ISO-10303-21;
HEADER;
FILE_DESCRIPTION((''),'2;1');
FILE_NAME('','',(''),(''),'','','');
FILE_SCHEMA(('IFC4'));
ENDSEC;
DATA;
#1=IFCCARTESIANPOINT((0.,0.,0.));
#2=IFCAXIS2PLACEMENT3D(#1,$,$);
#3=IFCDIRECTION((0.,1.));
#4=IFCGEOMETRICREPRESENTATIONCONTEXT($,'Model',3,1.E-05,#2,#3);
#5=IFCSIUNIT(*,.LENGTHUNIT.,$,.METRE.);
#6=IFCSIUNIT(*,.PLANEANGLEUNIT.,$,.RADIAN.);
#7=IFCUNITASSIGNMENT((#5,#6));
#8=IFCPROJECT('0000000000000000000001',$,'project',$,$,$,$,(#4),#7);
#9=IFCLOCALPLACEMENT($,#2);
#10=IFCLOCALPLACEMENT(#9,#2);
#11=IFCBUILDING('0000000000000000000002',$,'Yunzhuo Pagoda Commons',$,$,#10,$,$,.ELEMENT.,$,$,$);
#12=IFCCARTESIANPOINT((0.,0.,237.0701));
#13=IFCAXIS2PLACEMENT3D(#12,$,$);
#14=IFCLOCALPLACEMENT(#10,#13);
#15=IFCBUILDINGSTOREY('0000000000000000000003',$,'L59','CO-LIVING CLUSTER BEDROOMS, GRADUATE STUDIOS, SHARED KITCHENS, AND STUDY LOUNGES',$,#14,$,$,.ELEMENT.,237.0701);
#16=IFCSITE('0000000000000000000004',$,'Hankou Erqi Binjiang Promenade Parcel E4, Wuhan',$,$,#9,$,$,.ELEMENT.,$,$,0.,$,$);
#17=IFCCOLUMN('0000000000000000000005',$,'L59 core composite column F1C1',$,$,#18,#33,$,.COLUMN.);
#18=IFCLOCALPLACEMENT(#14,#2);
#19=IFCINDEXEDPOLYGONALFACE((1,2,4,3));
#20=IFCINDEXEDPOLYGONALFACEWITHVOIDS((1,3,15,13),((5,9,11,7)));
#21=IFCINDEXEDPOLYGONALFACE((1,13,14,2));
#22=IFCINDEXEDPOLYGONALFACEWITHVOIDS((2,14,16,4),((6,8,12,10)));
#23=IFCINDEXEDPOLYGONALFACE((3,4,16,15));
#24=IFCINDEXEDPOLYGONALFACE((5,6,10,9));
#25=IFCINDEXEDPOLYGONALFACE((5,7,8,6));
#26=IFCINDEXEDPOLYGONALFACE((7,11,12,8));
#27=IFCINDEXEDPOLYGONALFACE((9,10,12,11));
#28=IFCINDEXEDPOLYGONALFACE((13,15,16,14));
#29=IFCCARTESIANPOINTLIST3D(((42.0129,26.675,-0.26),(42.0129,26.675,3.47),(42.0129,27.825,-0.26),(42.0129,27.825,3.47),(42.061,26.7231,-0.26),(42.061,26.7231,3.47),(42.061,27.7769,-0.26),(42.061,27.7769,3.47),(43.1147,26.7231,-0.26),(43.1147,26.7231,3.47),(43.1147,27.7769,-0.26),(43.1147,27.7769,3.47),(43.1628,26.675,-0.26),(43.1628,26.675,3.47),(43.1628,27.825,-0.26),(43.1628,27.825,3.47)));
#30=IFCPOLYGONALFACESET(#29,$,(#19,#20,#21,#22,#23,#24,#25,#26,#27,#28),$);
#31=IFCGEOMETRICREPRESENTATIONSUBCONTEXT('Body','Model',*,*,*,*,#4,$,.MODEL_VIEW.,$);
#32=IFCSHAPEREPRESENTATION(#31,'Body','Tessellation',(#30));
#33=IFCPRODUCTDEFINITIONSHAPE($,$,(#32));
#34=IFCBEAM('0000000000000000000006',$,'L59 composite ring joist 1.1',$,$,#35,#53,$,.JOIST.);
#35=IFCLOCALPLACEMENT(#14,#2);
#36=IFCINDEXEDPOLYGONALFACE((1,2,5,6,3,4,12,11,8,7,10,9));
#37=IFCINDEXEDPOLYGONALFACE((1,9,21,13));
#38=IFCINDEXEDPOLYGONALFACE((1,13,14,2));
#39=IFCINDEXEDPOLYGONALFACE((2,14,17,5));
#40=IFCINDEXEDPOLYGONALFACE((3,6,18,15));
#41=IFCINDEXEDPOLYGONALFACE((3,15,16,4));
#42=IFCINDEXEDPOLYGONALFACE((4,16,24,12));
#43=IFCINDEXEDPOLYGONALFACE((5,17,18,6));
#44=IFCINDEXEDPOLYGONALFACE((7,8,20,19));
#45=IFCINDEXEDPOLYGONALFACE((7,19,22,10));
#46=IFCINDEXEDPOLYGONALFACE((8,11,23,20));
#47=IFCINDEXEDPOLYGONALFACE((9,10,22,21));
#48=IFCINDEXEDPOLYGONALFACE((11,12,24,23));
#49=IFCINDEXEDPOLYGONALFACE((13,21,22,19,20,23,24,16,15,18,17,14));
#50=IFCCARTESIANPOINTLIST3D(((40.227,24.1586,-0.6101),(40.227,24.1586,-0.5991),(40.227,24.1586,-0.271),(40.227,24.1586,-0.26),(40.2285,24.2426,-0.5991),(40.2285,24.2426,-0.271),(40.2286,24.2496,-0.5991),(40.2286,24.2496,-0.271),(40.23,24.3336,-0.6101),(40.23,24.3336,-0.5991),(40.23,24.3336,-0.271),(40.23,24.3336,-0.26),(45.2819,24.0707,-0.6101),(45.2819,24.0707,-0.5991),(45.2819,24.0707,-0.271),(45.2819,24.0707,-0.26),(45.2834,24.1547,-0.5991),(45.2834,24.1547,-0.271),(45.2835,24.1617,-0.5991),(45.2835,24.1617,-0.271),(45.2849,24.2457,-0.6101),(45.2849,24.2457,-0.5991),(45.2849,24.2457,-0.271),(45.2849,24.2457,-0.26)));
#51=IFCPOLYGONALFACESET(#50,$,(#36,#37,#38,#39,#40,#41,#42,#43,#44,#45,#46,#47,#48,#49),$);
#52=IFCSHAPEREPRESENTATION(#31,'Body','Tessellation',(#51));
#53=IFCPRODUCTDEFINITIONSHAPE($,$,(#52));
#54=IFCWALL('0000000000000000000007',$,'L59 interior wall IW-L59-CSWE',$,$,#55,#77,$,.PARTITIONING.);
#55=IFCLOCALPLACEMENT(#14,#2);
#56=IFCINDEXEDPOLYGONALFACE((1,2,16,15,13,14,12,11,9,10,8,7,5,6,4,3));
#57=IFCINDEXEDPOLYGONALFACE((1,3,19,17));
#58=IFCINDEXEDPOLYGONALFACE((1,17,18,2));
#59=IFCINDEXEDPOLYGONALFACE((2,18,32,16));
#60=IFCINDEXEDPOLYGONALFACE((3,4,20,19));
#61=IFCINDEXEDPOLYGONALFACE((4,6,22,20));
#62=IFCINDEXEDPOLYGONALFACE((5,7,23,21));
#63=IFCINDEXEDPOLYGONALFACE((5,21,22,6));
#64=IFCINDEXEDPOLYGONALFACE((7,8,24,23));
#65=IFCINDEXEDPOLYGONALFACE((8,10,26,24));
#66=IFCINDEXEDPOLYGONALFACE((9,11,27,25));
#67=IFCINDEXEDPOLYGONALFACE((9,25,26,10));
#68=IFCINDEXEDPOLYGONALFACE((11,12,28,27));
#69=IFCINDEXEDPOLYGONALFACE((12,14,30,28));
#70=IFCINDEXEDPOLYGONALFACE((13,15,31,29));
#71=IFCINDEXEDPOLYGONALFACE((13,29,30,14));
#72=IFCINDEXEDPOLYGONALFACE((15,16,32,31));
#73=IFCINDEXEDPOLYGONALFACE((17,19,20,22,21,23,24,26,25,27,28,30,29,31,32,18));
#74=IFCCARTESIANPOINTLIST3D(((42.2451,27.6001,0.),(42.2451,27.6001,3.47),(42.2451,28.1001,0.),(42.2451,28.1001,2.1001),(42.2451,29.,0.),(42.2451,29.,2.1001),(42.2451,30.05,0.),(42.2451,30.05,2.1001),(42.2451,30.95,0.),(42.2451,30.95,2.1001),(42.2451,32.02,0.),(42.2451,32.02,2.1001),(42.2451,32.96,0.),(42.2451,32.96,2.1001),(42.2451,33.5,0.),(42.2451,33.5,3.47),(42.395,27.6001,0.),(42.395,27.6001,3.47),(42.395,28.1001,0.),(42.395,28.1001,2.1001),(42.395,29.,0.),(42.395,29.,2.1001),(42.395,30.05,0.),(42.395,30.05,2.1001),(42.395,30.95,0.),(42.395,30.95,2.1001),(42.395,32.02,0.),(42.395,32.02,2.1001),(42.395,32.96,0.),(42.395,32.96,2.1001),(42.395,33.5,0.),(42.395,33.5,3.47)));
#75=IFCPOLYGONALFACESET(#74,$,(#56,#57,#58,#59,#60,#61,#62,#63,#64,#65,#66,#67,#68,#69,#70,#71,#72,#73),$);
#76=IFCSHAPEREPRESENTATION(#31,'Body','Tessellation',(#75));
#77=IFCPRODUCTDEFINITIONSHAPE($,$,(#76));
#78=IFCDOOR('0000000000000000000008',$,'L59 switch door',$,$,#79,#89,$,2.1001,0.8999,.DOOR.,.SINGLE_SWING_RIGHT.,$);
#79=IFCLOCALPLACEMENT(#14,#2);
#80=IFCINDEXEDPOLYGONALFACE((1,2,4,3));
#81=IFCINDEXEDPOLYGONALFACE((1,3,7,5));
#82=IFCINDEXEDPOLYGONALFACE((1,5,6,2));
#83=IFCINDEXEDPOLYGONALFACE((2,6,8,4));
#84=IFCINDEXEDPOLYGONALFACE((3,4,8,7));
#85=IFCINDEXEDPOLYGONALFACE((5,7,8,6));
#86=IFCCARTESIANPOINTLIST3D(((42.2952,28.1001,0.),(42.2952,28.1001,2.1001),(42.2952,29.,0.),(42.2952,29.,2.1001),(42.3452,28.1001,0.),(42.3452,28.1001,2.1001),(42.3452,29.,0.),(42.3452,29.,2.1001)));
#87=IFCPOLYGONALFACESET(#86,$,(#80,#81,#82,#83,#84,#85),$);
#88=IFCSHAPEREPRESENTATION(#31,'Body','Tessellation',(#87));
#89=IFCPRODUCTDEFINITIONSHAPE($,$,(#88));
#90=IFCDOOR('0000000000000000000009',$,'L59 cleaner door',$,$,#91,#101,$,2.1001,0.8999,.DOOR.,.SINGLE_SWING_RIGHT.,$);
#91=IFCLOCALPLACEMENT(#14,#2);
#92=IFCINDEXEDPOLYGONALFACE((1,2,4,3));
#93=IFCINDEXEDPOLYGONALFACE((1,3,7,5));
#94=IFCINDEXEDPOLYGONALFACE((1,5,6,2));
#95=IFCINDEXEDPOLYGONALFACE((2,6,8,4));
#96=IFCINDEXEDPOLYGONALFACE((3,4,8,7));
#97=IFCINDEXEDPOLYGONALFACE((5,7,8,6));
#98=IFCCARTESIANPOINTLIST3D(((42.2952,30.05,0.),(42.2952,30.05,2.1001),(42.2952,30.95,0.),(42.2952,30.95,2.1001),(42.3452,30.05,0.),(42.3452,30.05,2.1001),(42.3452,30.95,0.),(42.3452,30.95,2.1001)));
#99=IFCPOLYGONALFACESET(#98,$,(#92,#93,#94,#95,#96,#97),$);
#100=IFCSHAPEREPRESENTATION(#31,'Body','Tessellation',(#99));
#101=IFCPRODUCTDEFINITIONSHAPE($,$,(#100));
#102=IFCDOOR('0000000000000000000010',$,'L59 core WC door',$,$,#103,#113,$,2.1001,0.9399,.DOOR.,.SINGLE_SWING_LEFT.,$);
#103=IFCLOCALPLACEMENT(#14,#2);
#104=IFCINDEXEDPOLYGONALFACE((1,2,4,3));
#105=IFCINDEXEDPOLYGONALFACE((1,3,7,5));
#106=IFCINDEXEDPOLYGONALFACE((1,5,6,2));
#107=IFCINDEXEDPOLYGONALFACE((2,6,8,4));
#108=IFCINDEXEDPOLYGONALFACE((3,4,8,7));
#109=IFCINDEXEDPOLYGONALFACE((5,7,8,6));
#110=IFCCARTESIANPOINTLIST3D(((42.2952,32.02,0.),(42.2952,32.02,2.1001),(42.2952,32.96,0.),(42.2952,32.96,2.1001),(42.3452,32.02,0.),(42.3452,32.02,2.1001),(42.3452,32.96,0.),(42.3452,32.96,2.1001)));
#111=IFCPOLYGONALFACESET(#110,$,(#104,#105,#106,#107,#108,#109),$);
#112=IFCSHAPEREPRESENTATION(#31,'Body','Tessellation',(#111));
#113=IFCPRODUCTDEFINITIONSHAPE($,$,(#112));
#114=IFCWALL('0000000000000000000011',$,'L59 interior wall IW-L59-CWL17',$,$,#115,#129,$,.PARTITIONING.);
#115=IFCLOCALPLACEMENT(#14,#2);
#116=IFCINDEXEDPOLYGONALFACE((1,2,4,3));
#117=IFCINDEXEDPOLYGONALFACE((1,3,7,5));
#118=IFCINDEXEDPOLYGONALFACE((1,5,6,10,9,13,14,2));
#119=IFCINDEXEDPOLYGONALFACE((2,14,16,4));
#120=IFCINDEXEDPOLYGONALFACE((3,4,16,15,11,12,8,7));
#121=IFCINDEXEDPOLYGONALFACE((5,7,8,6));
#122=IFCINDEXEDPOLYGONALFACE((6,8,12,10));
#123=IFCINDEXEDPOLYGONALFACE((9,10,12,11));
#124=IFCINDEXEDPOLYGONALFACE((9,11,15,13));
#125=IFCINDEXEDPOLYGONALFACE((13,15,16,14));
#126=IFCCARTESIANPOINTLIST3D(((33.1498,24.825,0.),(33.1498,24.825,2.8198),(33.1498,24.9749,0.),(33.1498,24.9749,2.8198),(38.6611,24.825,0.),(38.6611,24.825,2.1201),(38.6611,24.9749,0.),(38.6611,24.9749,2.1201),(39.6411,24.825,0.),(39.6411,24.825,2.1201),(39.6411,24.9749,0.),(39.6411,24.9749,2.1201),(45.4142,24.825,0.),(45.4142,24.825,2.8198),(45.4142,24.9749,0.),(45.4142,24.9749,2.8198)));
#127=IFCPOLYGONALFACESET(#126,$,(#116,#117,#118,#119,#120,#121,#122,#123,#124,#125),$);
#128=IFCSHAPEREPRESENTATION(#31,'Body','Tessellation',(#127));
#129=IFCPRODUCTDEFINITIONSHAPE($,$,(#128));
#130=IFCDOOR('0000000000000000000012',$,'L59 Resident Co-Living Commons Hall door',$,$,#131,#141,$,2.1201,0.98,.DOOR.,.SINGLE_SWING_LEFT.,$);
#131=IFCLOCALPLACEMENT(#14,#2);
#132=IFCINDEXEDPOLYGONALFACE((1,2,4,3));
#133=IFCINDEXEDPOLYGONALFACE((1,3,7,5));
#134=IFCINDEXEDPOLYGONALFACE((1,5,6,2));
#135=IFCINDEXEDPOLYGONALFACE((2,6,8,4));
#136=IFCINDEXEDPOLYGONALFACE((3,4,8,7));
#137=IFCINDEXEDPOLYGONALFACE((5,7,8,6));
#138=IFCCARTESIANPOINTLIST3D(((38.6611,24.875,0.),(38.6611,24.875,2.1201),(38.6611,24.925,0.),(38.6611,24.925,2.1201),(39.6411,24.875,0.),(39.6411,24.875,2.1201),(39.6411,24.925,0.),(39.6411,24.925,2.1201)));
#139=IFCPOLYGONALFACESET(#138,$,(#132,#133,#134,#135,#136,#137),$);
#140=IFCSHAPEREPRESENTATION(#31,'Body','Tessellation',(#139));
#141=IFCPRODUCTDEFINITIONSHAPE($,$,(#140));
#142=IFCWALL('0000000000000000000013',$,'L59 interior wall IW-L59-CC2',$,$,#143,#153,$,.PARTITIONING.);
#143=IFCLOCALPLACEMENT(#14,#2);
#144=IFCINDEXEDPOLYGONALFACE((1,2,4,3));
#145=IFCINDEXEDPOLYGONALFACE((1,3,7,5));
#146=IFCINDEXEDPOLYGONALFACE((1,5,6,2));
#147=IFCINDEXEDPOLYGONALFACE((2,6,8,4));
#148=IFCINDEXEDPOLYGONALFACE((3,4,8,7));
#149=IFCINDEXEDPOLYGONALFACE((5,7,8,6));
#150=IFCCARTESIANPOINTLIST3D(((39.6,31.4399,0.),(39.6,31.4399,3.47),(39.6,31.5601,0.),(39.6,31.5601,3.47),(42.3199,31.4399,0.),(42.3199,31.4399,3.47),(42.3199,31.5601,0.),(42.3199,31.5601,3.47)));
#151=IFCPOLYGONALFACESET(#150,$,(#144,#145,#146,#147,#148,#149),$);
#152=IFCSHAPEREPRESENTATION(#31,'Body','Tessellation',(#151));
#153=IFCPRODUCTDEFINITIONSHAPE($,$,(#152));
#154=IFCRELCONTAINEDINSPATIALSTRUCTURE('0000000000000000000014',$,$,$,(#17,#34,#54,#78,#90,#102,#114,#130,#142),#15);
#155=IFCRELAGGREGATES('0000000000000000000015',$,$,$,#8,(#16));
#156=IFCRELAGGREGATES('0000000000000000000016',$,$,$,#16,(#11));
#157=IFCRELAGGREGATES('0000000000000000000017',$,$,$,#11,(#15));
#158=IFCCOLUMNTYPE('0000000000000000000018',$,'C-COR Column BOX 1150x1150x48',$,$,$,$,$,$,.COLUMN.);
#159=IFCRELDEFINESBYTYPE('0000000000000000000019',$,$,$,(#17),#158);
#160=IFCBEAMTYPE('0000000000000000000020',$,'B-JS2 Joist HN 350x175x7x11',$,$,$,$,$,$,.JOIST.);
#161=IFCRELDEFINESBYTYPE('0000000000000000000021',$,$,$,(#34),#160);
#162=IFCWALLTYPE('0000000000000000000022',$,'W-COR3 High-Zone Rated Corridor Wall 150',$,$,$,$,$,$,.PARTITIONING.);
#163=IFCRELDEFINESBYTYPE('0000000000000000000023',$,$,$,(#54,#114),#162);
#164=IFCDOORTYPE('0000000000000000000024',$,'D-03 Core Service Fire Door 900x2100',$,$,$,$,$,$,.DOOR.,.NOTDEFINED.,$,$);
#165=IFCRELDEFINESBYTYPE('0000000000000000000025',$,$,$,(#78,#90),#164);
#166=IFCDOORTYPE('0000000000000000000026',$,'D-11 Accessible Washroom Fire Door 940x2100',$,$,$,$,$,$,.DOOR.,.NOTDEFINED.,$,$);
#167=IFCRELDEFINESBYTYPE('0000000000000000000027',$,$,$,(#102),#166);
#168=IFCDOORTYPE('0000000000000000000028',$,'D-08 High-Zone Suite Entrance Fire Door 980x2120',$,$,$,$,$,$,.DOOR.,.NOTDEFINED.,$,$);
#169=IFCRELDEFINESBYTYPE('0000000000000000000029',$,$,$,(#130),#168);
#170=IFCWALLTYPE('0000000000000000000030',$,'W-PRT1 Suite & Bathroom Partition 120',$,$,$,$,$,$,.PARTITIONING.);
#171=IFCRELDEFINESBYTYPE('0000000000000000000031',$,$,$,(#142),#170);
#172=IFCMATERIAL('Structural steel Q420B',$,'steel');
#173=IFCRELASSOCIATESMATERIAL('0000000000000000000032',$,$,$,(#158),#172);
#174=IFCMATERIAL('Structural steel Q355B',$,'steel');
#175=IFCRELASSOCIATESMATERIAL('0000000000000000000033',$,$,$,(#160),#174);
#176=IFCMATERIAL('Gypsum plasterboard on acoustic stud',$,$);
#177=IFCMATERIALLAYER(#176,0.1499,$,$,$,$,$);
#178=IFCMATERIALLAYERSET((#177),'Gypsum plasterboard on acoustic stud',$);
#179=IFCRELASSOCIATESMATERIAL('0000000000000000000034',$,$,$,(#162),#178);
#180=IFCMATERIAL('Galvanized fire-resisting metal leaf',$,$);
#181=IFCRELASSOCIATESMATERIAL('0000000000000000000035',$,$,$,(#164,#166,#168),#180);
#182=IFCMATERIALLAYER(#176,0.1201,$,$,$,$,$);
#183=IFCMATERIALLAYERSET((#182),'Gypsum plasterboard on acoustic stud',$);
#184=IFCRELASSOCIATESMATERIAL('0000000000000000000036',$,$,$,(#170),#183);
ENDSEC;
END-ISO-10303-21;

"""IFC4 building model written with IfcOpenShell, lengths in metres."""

from ifc_helpers import new_model, si_unit, direction, frame, frame_2d, origin, origin_with_axes, origin_2d, place, context, subcontext, project, spatial, rectangle, hollow_rectangle, i_section, extrude, source, transform, mapped, material, layer, layer_set, material_profile, profile_set, type_object, element, fill, save


model = new_model("IFC4")

# Units and contexts
model_context = context("Model", 3, precision=1e-05, world=origin(), true_north=direction((0.0, 1.0)))
body_context = subcontext(model_context, "Body", "Model", "MODEL_VIEW")
ifc_project = project(units=[si_unit("LENGTHUNIT", "METRE"), si_unit("PLANEANGLEUNIT", "RADIAN")], contexts=[model_context])

# Site, building, storey
site_placement = place(None, origin())
site = spatial("IfcSite", under=ifc_project, at=site_placement, Name="Hankou Erqi Binjiang Promenade Parcel E4, Wuhan", CompositionType="ELEMENT", RefElevation=0.0)
building_placement = place(site_placement, origin())
building = spatial("IfcBuilding", under=site, at=building_placement, Name="Yunzhuo Pagoda Commons", CompositionType="ELEMENT")
storey_placement = place(building_placement, frame((0.0, 0.0, 237.0701)))
storey = spatial("IfcBuildingStorey", under=building, at=storey_placement, Name="L59", Description="CO-LIVING CLUSTER BEDROOMS, GRADUATE STUDIOS, SHARED KITCHENS, AND STUDY LOUNGES", CompositionType="ELEMENT", Elevation=237.0701)

# Column
ifc_material_1 = material(Name="Structural steel Q420B", Category="steel")
ifc_material_profile_1 = material_profile(ifc_material_1, hollow_rectangle(XDim=1.1499, YDim=1.1499, WallThickness=0.0481, at=origin_2d()), Name="Structural steel Q420B")
ifc_profile_set_1 = profile_set([ifc_material_profile_1], Name="Structural steel Q420B")
column_type = type_object("IfcColumnType", Name="C-COR Column BOX 1150x1150x48", PredefinedType="COLUMN", material=ifc_profile_set_1)
shared_shape_1 = source(origin(), body_context, "Body", "SweptSolid", [
    extrude(hollow_rectangle(XDim=1.1499, YDim=1.1499, WallThickness=0.0481, at=origin_2d()), origin(), (0.0, 0.0, 1.0), 3.73),
])
column_placement = place(storey_placement, frame((42.5879, 27.25, -0.26), z_axis=(0.0, 0.0, 1.0), x_axis=(1.0, 0.0, 0.0)))
element("IfcColumn", 1, at=column_placement, inside=storey, type_object=column_type, Name="L59 core composite column F1C1", PredefinedType="COLUMN", context=body_context, shape_type="MappedRepresentation", body=[
    mapped(shared_shape_1, transform((0.0, 0.0, 0.0), scale=1.0)),
])

# Beam
ifc_material_2 = material(Name="Structural steel Q355B", Category="steel")
ifc_material_profile_2 = material_profile(ifc_material_2, i_section(OverallWidth=0.175, OverallDepth=0.3501, WebThickness=0.0071, FlangeThickness=0.011, at=origin_2d()), Name="Structural steel Q355B")
ifc_profile_set_2 = profile_set([ifc_material_profile_2], Name="Structural steel Q355B")
beam_type = type_object("IfcBeamType", Name="B-JS2 Joist HN 350x175x7x11", PredefinedType="JOIST", material=ifc_profile_set_2)
shared_shape_2 = source(origin(), body_context, "Body", "SweptSolid", [
    extrude(i_section(OverallWidth=0.175, OverallDepth=0.3501, WebThickness=0.0071, FlangeThickness=0.011, at=origin_2d()), origin(), (0.0, 0.0, 1.0), 5.0557),
])
beam_placement = place(storey_placement, frame((40.2285, 24.2461, -0.4351), z_axis=(0.999849, -0.017384, 0.0), x_axis=(0.017384, 0.999849, 0.0)))
element("IfcBeam", 2, at=beam_placement, inside=storey, type_object=beam_type, Name="L59 composite ring joist 1.1", PredefinedType="JOIST", context=body_context, shape_type="MappedRepresentation", body=[
    mapped(shared_shape_2, transform((0.0, 0.0, 0.0), scale=1.0)),
])

# Wall, openings, doors
ifc_material_3 = material(Name="Gypsum plasterboard on acoustic stud")
ifc_layer_1 = layer(ifc_material_3, 0.1499)
ifc_layer_set_1 = layer_set([ifc_layer_1], Name="Gypsum plasterboard on acoustic stud")
wall_type_1 = type_object("IfcWallType", Name="W-COR3 High-Zone Rated Corridor Wall 150", PredefinedType="PARTITIONING", material=ifc_layer_set_1)
wall_1_placement = place(storey_placement, frame((42.3201, 27.6001, 0.0), z_axis=(0.0, 0.0, 1.0), x_axis=(0.0, 1.0, 0.0)))
wall_1 = element("IfcWall", 3, at=wall_1_placement, inside=storey, type_object=wall_type_1, Name="L59 interior wall IW-L59-CSWE", PredefinedType="PARTITIONING", context=body_context, shape_type="SweptSolid", body=[
    extrude(rectangle(XDim=5.8999, YDim=0.1499, at=frame_2d((2.95, 0.0))), origin(), (0.0, 0.0, 1.0), 3.47),
])
opening_1_placement = place(wall_1_placement, frame((0.5, 0.0, 0.0)))
opening_1 = element("IfcOpeningElement", 4, at=opening_1_placement, cuts=wall_1, PredefinedType="OPENING", context=body_context, shape_type="SweptSolid", body=[
    extrude(rectangle(XDim=0.8999, YDim=2.1001, at=frame_2d((0.45, 1.05))), frame((0.0, 0.085, 0.0), z_axis=(0.0, -1.0, 0.0), x_axis=(1.0, 0.0, 0.0)), (0.0, 0.0, 1.0), 0.1699),
])
opening_2_placement = place(wall_1_placement, frame((2.45, 0.0, 0.0)))
opening_2 = element("IfcOpeningElement", 5, at=opening_2_placement, cuts=wall_1, PredefinedType="OPENING", context=body_context, shape_type="SweptSolid", body=[
    extrude(rectangle(XDim=0.8999, YDim=2.1001, at=frame_2d((0.45, 1.05))), frame((0.0, 0.085, 0.0), z_axis=(0.0, -1.0, 0.0), x_axis=(1.0, 0.0, 0.0)), (0.0, 0.0, 1.0), 0.1699),
])
opening_3_placement = place(wall_1_placement, frame((4.4199, 0.0, 0.0)))
opening_3 = element("IfcOpeningElement", 6, at=opening_3_placement, cuts=wall_1, PredefinedType="OPENING", context=body_context, shape_type="SweptSolid", body=[
    extrude(rectangle(XDim=0.9399, YDim=2.1001, at=frame_2d((0.47, 1.05))), frame((0.0, 0.085, 0.0), z_axis=(0.0, -1.0, 0.0), x_axis=(1.0, 0.0, 0.0)), (0.0, 0.0, 1.0), 0.1699),
])
ifc_material_4 = material(Name="Galvanized fire-resisting metal leaf")
door_type_1 = type_object("IfcDoorType", Name="D-03 Core Service Fire Door 900x2100", OperationType="NOTDEFINED", PredefinedType="DOOR", material=ifc_material_4)
shared_shape_3 = source(origin(), body_context, "Body", "SweptSolid", [
    extrude(rectangle(XDim=0.8999, YDim=2.1001, at=frame_2d((0.45, 1.05))), frame((0.0, 0.0249, 0.0), z_axis=(0.0, -1.0, 0.0), x_axis=(1.0, 0.0, 0.0)), (0.0, 0.0, 1.0), 0.05),
])
door_1_placement = place(opening_1_placement, origin_with_axes())
door_1 = element("IfcDoor", 7, at=door_1_placement, inside=storey, type_object=door_type_1, Name="L59 switch door", OperationType="SINGLE_SWING_RIGHT", OverallHeight=2.1001, OverallWidth=0.8999, PredefinedType="DOOR", context=body_context, shape_type="MappedRepresentation", body=[
    mapped(shared_shape_3, transform((0.0, 0.0, 0.0), scale=1.0)),
])
fill(opening_1, door_1)
door_2_placement = place(opening_2_placement, origin_with_axes())
door_2 = element("IfcDoor", 8, at=door_2_placement, inside=storey, type_object=door_type_1, Name="L59 cleaner door", OperationType="SINGLE_SWING_RIGHT", OverallHeight=2.1001, OverallWidth=0.8999, PredefinedType="DOOR", context=body_context, shape_type="MappedRepresentation", body=[
    mapped(shared_shape_3, transform((0.0, 0.0, 0.0), scale=1.0)),
])
fill(opening_2, door_2)
door_type_2 = type_object("IfcDoorType", Name="D-11 Accessible Washroom Fire Door 940x2100", OperationType="NOTDEFINED", PredefinedType="DOOR", material=ifc_material_4)
shared_shape_4 = source(origin(), body_context, "Body", "SweptSolid", [
    extrude(rectangle(XDim=0.9399, YDim=2.1001, at=frame_2d((0.47, 1.05))), frame((0.0, 0.0249, 0.0), z_axis=(0.0, -1.0, 0.0), x_axis=(1.0, 0.0, 0.0)), (0.0, 0.0, 1.0), 0.05),
])
door_3_placement = place(opening_3_placement, origin_with_axes())
door_3 = element("IfcDoor", 9, at=door_3_placement, inside=storey, type_object=door_type_2, Name="L59 core WC door", OperationType="SINGLE_SWING_LEFT", OverallHeight=2.1001, OverallWidth=0.9399, PredefinedType="DOOR", context=body_context, shape_type="MappedRepresentation", body=[
    mapped(shared_shape_4, transform((0.0, 0.0, 0.0), scale=1.0)),
])
fill(opening_3, door_3)

# Wall, opening, door
wall_2_placement = place(storey_placement, frame((45.4143, 24.8999, 0.0), z_axis=(0.0, 0.0, 1.0), x_axis=(-1.0, 0.0, 0.0)))
wall_2 = element("IfcWall", 10, at=wall_2_placement, inside=storey, type_object=wall_type_1, Name="L59 interior wall IW-L59-CWL17", PredefinedType="PARTITIONING", context=body_context, shape_type="SweptSolid", body=[
    extrude(rectangle(XDim=12.2644, YDim=0.1499, at=frame_2d((6.1323, 0.0))), origin(), (0.0, 0.0, 1.0), 2.8198),
])
opening_4_placement = place(wall_2_placement, frame((5.7732, 0.0, 0.0)))
opening_4 = element("IfcOpeningElement", 11, at=opening_4_placement, cuts=wall_2, PredefinedType="OPENING", context=body_context, shape_type="SweptSolid", body=[
    extrude(rectangle(XDim=0.98, YDim=2.1201, at=frame_2d((0.49, 1.0601))), frame((0.0, 0.085, 0.0), z_axis=(0.0, -1.0, 0.0), x_axis=(1.0, 0.0, 0.0)), (0.0, 0.0, 1.0), 0.1699),
])
door_type_3 = type_object("IfcDoorType", Name="D-08 High-Zone Suite Entrance Fire Door 980x2120", OperationType="NOTDEFINED", PredefinedType="DOOR", material=ifc_material_4)
shared_shape_5 = source(origin(), body_context, "Body", "SweptSolid", [
    extrude(rectangle(XDim=0.98, YDim=2.1201, at=frame_2d((0.49, 1.0601))), frame((0.0, 0.0249, 0.0), z_axis=(0.0, -1.0, 0.0), x_axis=(1.0, 0.0, 0.0)), (0.0, 0.0, 1.0), 0.05),
])
door_4_placement = place(opening_4_placement, origin_with_axes())
door_4 = element("IfcDoor", 12, at=door_4_placement, inside=storey, type_object=door_type_3, Name="L59 Resident Co-Living Commons Hall door", OperationType="SINGLE_SWING_LEFT", OverallHeight=2.1201, OverallWidth=0.98, PredefinedType="DOOR", context=body_context, shape_type="MappedRepresentation", body=[
    mapped(shared_shape_5, transform((0.0, 0.0, 0.0), scale=1.0)),
])
fill(opening_4, door_4)

# Wall
ifc_layer_2 = layer(ifc_material_3, 0.1201)
ifc_layer_set_2 = layer_set([ifc_layer_2], Name="Gypsum plasterboard on acoustic stud")
wall_type_2 = type_object("IfcWallType", Name="W-PRT1 Suite & Bathroom Partition 120", PredefinedType="PARTITIONING", material=ifc_layer_set_2)
wall_3_placement = place(storey_placement, frame((39.6001, 31.5, 0.0), z_axis=(0.0, 0.0, 1.0), x_axis=(1.0, 0.0, 0.0)))
element("IfcWall", 13, at=wall_3_placement, inside=storey, type_object=wall_type_2, Name="L59 interior wall IW-L59-CC2", PredefinedType="PARTITIONING", context=body_context, shape_type="SweptSolid", body=[
    extrude(rectangle(XDim=2.72, YDim=0.1201, at=frame_2d((1.3599, 0.0))), origin(), (0.0, 0.0, 1.0), 3.47),
])

save(model, "model.ifc")
